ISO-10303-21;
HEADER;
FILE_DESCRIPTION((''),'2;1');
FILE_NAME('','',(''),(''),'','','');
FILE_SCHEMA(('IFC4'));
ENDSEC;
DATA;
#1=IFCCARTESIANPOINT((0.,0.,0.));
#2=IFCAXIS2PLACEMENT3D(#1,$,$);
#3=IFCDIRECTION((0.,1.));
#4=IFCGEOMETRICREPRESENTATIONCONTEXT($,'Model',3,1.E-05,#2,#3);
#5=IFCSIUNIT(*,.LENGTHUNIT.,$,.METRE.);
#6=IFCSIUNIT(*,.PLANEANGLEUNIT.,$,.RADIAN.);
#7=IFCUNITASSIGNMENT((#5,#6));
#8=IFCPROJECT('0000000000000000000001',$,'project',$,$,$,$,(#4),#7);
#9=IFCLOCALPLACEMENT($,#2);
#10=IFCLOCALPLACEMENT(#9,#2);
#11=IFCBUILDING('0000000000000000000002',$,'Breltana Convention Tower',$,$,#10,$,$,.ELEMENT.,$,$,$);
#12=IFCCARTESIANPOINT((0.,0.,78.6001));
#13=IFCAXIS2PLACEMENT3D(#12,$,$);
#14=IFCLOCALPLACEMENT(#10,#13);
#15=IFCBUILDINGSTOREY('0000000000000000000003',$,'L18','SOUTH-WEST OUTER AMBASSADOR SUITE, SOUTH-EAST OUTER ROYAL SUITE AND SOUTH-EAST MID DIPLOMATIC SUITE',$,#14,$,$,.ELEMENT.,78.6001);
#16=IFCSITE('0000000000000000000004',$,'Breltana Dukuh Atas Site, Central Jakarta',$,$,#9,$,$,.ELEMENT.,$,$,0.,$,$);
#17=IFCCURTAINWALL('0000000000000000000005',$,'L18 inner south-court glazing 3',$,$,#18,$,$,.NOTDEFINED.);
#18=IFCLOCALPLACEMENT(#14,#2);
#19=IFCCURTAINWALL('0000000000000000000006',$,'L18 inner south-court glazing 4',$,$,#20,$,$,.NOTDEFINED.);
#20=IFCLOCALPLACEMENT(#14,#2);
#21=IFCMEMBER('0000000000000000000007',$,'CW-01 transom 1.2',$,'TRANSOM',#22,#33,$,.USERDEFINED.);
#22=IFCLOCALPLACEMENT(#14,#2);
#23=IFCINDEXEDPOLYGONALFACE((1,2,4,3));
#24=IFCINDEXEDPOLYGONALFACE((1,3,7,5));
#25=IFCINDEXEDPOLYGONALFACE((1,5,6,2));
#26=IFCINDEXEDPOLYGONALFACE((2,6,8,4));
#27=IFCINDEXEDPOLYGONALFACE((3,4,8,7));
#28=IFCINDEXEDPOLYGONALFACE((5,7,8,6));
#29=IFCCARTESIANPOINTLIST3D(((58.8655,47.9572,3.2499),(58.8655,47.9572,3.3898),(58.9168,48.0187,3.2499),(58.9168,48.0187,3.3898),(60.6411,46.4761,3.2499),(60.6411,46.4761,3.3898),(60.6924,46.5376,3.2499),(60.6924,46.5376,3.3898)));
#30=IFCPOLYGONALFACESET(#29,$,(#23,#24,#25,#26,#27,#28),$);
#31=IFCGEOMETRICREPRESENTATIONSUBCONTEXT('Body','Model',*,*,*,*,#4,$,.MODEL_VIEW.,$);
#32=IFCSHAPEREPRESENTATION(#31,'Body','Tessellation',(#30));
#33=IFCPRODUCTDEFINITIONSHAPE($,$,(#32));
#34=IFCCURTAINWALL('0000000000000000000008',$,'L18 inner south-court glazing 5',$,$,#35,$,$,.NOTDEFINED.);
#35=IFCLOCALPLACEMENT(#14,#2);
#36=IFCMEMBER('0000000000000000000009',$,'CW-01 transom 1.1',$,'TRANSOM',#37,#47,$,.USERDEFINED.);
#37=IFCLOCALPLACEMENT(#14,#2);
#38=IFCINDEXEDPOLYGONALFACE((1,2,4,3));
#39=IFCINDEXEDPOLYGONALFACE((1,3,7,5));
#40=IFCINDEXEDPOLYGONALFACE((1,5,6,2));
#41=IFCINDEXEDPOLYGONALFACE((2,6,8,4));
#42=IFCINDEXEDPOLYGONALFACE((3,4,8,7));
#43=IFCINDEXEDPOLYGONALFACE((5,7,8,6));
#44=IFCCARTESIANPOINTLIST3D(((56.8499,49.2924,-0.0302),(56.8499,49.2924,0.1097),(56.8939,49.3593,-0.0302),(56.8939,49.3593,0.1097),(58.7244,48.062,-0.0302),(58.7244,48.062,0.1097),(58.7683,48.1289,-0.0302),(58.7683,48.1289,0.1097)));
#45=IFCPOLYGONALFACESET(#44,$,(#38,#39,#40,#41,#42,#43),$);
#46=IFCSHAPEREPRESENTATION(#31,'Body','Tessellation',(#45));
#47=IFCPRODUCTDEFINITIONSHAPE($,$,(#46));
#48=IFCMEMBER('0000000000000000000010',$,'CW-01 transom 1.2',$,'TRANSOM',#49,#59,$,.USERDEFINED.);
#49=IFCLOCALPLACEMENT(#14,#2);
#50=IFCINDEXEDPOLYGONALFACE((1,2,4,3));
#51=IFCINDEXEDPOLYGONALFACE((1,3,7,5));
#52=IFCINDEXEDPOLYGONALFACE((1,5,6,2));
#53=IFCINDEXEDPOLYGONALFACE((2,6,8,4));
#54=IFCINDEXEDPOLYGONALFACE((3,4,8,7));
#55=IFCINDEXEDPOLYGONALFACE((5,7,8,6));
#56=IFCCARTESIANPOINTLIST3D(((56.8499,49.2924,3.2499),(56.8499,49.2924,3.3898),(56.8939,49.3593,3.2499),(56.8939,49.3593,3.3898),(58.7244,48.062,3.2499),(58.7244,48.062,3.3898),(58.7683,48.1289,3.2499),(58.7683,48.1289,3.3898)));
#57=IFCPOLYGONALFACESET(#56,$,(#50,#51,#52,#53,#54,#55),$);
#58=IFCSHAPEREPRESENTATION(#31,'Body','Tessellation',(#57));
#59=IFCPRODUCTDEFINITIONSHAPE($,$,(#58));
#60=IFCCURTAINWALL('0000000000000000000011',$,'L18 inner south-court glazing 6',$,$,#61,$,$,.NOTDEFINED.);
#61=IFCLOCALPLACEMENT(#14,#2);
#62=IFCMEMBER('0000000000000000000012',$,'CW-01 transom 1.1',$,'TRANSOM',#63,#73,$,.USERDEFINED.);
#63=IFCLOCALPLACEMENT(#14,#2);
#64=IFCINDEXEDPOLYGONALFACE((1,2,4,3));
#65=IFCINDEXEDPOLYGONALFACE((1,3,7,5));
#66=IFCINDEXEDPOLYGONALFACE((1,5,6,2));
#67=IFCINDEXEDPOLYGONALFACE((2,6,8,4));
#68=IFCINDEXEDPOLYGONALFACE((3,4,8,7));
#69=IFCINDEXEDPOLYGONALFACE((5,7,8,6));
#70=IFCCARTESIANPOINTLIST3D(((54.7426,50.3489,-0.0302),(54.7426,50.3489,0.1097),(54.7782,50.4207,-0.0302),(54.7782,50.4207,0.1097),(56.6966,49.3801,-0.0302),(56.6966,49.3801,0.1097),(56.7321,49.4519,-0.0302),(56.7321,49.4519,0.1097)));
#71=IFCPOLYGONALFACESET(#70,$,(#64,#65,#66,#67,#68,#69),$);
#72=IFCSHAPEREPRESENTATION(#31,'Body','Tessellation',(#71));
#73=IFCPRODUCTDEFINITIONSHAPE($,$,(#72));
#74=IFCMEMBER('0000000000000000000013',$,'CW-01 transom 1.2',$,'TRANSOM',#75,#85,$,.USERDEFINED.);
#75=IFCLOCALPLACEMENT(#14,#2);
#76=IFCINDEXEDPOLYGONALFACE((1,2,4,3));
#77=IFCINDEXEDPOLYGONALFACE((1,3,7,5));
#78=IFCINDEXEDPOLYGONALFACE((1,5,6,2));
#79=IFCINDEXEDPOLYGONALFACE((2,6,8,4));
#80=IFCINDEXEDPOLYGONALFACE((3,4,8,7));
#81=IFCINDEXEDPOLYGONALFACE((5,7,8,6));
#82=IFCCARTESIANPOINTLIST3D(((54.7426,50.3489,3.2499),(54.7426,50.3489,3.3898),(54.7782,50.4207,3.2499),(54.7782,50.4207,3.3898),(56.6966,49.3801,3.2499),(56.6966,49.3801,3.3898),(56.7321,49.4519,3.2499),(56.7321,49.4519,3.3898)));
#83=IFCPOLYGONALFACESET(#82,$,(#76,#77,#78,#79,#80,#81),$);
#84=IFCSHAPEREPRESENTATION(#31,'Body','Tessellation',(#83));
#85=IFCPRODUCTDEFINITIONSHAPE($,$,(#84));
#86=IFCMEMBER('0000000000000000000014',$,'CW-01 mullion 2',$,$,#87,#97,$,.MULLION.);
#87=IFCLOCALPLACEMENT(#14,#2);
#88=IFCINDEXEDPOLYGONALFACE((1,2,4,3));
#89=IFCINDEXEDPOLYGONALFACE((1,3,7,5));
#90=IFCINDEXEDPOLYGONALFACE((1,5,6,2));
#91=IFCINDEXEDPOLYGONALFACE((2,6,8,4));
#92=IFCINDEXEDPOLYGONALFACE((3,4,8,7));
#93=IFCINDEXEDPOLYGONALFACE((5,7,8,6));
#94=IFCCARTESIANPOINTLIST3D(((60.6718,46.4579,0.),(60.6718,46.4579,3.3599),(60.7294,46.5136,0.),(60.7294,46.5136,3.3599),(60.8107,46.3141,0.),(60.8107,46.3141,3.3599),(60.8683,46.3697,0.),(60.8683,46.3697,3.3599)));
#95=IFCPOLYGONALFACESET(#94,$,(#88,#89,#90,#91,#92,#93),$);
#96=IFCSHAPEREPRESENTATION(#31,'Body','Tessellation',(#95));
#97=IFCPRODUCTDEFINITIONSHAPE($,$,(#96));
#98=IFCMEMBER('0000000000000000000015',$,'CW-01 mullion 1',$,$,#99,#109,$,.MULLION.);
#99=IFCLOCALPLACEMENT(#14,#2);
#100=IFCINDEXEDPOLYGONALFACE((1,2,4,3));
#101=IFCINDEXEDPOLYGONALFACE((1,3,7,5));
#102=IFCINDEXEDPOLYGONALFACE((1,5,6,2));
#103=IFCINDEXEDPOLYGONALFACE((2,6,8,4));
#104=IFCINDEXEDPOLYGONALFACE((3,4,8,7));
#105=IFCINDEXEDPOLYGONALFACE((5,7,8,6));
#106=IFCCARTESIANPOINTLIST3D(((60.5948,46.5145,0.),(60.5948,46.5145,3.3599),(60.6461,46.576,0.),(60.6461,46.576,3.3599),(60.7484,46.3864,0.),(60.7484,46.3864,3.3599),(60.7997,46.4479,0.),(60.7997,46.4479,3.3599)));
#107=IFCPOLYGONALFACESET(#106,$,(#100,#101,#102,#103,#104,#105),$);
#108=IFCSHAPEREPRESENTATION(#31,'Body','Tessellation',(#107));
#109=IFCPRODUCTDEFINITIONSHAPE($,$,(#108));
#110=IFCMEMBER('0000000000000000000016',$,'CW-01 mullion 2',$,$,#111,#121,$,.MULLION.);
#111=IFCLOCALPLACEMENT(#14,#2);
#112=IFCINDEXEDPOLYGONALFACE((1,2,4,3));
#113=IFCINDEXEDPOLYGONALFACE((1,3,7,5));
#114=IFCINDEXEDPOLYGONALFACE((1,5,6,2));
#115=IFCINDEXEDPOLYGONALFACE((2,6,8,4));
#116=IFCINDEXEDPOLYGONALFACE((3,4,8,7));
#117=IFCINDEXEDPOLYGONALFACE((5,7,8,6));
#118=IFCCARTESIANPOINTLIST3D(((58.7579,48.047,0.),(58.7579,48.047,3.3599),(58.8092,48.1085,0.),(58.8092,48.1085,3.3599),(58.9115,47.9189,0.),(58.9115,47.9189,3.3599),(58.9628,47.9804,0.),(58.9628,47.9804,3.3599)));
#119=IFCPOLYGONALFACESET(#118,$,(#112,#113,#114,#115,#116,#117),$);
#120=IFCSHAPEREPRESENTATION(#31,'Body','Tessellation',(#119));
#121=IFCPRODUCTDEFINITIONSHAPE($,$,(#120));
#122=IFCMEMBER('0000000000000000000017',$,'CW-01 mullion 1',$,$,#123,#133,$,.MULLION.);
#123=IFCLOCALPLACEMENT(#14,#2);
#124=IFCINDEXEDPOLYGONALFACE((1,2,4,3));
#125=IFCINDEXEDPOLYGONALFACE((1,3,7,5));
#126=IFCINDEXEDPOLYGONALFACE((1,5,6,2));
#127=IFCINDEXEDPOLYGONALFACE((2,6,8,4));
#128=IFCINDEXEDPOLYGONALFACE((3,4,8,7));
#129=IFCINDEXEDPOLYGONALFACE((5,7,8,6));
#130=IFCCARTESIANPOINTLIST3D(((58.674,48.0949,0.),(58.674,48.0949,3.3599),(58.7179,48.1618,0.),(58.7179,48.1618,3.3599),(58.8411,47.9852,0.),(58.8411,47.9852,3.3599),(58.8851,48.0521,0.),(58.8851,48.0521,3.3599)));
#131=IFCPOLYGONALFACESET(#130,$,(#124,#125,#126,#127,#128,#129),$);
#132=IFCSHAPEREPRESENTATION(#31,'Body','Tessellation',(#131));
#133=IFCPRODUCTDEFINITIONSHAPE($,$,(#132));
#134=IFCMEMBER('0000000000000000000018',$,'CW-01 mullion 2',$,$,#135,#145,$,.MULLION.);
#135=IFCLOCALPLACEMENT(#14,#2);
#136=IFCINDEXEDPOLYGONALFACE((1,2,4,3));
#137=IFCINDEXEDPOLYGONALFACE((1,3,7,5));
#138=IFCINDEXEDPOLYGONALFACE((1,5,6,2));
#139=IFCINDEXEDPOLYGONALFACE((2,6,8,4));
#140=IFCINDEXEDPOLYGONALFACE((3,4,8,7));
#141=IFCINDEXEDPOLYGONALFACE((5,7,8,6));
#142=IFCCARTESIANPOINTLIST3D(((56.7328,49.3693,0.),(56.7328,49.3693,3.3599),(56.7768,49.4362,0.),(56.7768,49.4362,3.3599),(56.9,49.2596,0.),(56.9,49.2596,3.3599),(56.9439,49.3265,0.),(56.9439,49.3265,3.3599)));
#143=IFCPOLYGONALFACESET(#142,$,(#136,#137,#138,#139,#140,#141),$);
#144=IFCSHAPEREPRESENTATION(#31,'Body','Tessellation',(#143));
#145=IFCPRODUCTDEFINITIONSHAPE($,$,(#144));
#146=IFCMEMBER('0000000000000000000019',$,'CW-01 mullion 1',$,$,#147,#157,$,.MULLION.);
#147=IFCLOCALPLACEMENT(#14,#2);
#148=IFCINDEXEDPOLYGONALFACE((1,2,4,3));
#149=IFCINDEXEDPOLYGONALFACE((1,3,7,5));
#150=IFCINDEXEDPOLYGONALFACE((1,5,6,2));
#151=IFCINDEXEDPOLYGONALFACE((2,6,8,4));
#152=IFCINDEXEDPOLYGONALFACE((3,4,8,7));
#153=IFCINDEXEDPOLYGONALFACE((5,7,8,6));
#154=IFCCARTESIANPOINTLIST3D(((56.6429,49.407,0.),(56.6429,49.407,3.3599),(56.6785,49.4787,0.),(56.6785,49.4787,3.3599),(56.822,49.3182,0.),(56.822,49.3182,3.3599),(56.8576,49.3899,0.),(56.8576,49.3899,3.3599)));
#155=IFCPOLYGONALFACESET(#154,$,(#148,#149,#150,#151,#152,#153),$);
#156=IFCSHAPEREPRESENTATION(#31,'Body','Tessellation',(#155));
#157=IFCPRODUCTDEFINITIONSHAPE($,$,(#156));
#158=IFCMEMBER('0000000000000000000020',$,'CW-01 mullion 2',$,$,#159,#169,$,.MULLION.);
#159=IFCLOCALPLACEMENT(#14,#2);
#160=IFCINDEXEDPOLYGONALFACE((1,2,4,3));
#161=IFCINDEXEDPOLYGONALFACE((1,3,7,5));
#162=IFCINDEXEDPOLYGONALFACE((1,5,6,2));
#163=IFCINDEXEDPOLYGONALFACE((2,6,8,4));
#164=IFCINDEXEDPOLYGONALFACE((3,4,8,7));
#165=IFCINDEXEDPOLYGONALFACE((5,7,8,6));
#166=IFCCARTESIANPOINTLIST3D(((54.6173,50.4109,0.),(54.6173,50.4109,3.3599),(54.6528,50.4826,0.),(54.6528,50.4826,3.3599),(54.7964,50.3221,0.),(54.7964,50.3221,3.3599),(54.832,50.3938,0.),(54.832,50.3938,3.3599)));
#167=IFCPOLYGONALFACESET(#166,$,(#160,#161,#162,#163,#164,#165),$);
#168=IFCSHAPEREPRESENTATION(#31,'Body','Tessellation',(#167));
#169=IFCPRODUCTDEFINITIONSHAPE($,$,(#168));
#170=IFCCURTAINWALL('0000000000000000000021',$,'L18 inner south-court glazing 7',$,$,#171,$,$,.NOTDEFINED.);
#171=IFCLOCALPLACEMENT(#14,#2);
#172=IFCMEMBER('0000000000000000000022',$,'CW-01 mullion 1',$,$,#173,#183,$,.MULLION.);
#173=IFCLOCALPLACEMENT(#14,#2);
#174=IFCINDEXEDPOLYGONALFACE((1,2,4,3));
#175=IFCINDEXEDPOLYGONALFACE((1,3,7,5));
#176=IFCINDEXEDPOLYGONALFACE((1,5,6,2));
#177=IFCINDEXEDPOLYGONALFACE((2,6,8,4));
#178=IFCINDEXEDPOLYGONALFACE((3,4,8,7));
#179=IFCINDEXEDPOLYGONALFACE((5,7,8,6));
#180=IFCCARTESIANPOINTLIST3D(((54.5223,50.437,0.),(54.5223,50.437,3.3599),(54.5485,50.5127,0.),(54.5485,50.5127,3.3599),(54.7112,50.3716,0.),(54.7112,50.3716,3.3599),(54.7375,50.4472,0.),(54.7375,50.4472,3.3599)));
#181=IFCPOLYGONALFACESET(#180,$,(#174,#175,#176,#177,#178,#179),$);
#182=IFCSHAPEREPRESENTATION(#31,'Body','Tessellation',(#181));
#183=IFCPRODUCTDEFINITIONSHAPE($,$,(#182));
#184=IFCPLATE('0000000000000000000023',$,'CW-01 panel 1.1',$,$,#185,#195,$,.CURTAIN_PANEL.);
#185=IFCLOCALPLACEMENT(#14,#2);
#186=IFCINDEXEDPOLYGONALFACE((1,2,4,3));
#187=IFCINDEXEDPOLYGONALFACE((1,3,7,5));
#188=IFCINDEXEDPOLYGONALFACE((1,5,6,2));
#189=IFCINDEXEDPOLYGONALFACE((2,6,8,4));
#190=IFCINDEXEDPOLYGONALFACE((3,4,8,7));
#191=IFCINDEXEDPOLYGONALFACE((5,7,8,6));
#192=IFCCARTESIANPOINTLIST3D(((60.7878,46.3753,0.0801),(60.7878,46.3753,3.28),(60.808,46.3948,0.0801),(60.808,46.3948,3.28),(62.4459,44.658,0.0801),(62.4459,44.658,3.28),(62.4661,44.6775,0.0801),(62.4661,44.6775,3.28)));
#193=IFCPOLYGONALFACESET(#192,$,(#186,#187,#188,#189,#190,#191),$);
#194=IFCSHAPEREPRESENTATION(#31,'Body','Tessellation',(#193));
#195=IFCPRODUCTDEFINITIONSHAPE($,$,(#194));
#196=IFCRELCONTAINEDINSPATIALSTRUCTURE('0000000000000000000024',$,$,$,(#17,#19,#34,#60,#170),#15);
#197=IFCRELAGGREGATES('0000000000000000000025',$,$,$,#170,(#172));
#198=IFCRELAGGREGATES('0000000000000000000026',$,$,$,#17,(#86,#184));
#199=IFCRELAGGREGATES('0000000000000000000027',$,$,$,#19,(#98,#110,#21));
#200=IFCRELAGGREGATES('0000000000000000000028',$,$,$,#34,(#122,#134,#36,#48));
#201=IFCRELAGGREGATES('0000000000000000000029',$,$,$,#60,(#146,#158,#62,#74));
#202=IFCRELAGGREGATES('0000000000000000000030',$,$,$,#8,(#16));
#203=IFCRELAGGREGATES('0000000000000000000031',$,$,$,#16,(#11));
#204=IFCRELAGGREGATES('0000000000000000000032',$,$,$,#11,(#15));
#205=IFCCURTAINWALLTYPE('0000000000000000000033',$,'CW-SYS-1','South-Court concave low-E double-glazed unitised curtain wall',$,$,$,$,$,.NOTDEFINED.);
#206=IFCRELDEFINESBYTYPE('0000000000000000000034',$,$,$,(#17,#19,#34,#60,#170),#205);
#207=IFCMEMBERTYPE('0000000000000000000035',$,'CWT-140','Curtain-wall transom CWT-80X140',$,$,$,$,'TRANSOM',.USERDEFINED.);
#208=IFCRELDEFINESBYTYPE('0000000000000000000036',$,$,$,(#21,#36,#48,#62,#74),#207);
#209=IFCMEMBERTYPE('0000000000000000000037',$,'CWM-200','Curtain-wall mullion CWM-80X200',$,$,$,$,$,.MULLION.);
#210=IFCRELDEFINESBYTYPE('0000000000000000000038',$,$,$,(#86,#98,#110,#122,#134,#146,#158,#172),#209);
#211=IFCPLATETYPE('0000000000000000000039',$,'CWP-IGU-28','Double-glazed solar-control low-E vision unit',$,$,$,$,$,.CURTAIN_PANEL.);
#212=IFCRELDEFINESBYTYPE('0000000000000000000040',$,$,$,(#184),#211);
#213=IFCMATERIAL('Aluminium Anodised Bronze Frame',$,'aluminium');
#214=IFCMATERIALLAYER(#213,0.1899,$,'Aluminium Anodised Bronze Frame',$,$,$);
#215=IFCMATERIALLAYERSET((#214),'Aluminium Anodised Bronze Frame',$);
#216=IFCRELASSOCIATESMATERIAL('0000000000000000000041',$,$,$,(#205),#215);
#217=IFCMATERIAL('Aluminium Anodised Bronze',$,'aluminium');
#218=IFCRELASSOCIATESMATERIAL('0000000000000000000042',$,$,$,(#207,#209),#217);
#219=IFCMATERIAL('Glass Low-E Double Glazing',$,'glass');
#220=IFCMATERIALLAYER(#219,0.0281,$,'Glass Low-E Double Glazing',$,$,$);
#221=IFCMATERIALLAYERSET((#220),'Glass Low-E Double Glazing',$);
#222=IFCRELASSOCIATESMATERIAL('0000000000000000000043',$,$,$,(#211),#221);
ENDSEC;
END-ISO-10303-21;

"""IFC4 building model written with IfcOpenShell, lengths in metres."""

from ifc_helpers import new_model, si_unit, direction, frame, origin, origin_2d, place, context, subcontext, project, spatial, rectangle, extrude, source, transform, mapped, material, layer, layer_set, material_profile, profile_set, type_object, element, aggregate, save


model = new_model("IFC4")

# Units and contexts
model_context = context("Model", 3, precision=1e-05, world=origin(), true_north=direction((0.0, 1.0)))
body_context = subcontext(model_context, "Body", "Model", "MODEL_VIEW")
ifc_project = project(units=[si_unit("LENGTHUNIT", "METRE"), si_unit("PLANEANGLEUNIT", "RADIAN")], contexts=[model_context])

# Site, building, storey
site_placement = place(None, origin())
site = spatial("IfcSite", under=ifc_project, at=site_placement, Name="Breltana Dukuh Atas Site, Central Jakarta", CompositionType="ELEMENT", RefElevation=0.0)
building_placement = place(site_placement, origin())
building = spatial("IfcBuilding", under=site, at=building_placement, Name="Breltana Convention Tower", CompositionType="ELEMENT")
storey_placement = place(building_placement, frame((0.0, 0.0, 78.6001)))
storey = spatial("IfcBuildingStorey", under=building, at=storey_placement, Name="L18", Description="SOUTH-WEST OUTER AMBASSADOR SUITE, SOUTH-EAST OUTER ROYAL SUITE AND SOUTH-EAST MID DIPLOMATIC SUITE", CompositionType="ELEMENT", Elevation=78.6001)

# Curtain wall
ifc_material_1 = material(Name="Aluminium Anodised Bronze Frame", Category="aluminium")
ifc_layer_1 = layer(ifc_material_1, 0.1899, Name="Aluminium Anodised Bronze Frame")
ifc_layer_set_1 = layer_set([ifc_layer_1], Name="Aluminium Anodised Bronze Frame")
curtain_wall_type = type_object("IfcCurtainWallType", Name="CW-SYS-1", Description="South-Court concave low-E double-glazed unitised curtain wall", PredefinedType="NOTDEFINED", material=ifc_layer_set_1)
curtain_wall_1_placement = place(storey_placement, origin())
curtain_wall_1 = element("IfcCurtainWall", 1, at=curtain_wall_1_placement, inside=storey, type_object=curtain_wall_type, Name="L18 inner south-court glazing 3", PredefinedType="NOTDEFINED")
ifc_material_2 = material(Name="Aluminium Anodised Bronze", Category="aluminium")
ifc_material_profile_1 = material_profile(ifc_material_2, rectangle(XDim=0.0801, YDim=0.1399, at=origin_2d()), Name="CWT-80X140")
ifc_profile_set_1 = profile_set([ifc_material_profile_1], Name="Aluminium Anodised Bronze")
member_type_1 = type_object("IfcMemberType", Name="CWT-140", Description="Curtain-wall transom CWT-80X140", ElementType="TRANSOM", PredefinedType="USERDEFINED", material=ifc_profile_set_1)

# Curtain walls, members
curtain_wall_2_placement = place(storey_placement, origin())
curtain_wall_2 = element("IfcCurtainWall", 2, at=curtain_wall_2_placement, inside=storey, type_object=curtain_wall_type, Name="L18 inner south-court glazing 4", PredefinedType="NOTDEFINED")
shared_shape_1 = source(origin(), body_context, "Body", "SweptSolid", [
    extrude(rectangle(XDim=0.0801, YDim=0.1399, at=origin_2d()), origin(), (0.0, 0.0, 1.0), 2.3123),
])
member_1_placement = place(storey_placement, frame((60.6667, 46.5068, 3.3198), z_axis=(-0.767901, 0.640569, 0.0), x_axis=(-0.640569, -0.767901, 0.0)))
member_1 = element("IfcMember", 3, at=member_1_placement, type_object=member_type_1, Name="CW-01 transom 1.2", ObjectType="TRANSOM", PredefinedType="USERDEFINED", context=body_context, shape_type="MappedRepresentation", body=[
    mapped(shared_shape_1, transform((0.0, 0.0, 0.0), scale=1.0)),
])
curtain_wall_3_placement = place(storey_placement, origin())
curtain_wall_3 = element("IfcCurtainWall", 4, at=curtain_wall_3_placement, inside=storey, type_object=curtain_wall_type, Name="L18 inner south-court glazing 5", PredefinedType="NOTDEFINED")
shared_shape_2 = source(origin(), body_context, "Body", "SweptSolid", [
    extrude(rectangle(XDim=0.0801, YDim=0.1399, at=origin_2d()), origin(), (0.0, 0.0, 1.0), 2.2422),
])
member_2_placement = place(storey_placement, frame((58.7463, 48.0955, 0.0398), z_axis=(-0.835982, 0.548756, 0.0), x_axis=(-0.548756, -0.835982, 0.0)))
member_2 = element("IfcMember", 5, at=member_2_placement, type_object=member_type_1, Name="CW-01 transom 1.1", ObjectType="TRANSOM", PredefinedType="USERDEFINED", context=body_context, shape_type="MappedRepresentation", body=[
    mapped(shared_shape_2, transform((0.0, 0.0, 0.0), scale=1.0)),
])
member_3_placement = place(storey_placement, frame((58.7463, 48.0955, 3.3198), z_axis=(-0.835982, 0.548756, 0.0), x_axis=(-0.548756, -0.835982, 0.0)))
member_3 = element("IfcMember", 6, at=member_3_placement, type_object=member_type_1, Name="CW-01 transom 1.2", ObjectType="TRANSOM", PredefinedType="USERDEFINED", context=body_context, shape_type="MappedRepresentation", body=[
    mapped(shared_shape_2, transform((0.0, 0.0, 0.0), scale=1.0)),
])
curtain_wall_4_placement = place(storey_placement, origin())
curtain_wall_4 = element("IfcCurtainWall", 7, at=curtain_wall_4_placement, inside=storey, type_object=curtain_wall_type, Name="L18 inner south-court glazing 6", PredefinedType="NOTDEFINED")
shared_shape_3 = source(origin(), body_context, "Body", "SweptSolid", [
    extrude(rectangle(XDim=0.0801, YDim=0.1399, at=origin_2d()), origin(), (0.0, 0.0, 1.0), 2.1809),
])
member_4_placement = place(storey_placement, frame((56.7144, 49.416, 0.0398), z_axis=(-0.895922, 0.444211, 0.0), x_axis=(-0.444211, -0.895922, 0.0)))
member_4 = element("IfcMember", 8, at=member_4_placement, type_object=member_type_1, Name="CW-01 transom 1.1", ObjectType="TRANSOM", PredefinedType="USERDEFINED", context=body_context, shape_type="MappedRepresentation", body=[
    mapped(shared_shape_3, transform((0.0, 0.0, 0.0), scale=1.0)),
])
member_5_placement = place(storey_placement, frame((56.7144, 49.416, 3.3198), z_axis=(-0.895922, 0.444211, 0.0), x_axis=(-0.444211, -0.895922, 0.0)))
member_5 = element("IfcMember", 9, at=member_5_placement, type_object=member_type_1, Name="CW-01 transom 1.2", ObjectType="TRANSOM", PredefinedType="USERDEFINED", context=body_context, shape_type="MappedRepresentation", body=[
    mapped(shared_shape_3, transform((0.0, 0.0, 0.0), scale=1.0)),
])

# Members
ifc_material_profile_2 = material_profile(ifc_material_2, rectangle(XDim=0.0801, YDim=0.2, at=origin_2d()), Name="CWM-80X200")
ifc_profile_set_2 = profile_set([ifc_material_profile_2], Name="Aluminium Anodised Bronze")
member_type_2 = type_object("IfcMemberType", Name="CWM-200", Description="Curtain-wall mullion CWM-80X200", PredefinedType="MULLION", material=ifc_profile_set_2)
shared_shape_4 = source(origin(), body_context, "Body", "SweptSolid", [
    extrude(rectangle(XDim=0.0801, YDim=0.2, at=origin_2d()), origin(), (0.0, 0.0, 1.0), 3.3599),
])
member_6_placement = place(storey_placement, frame((60.77, 46.4138, 0.0), z_axis=(0.0, 0.0, 1.0), x_axis=(-0.719385, -0.694612, 0.0)))
member_6 = element("IfcMember", 10, at=member_6_placement, type_object=member_type_2, Name="CW-01 mullion 2", PredefinedType="MULLION", context=body_context, shape_type="MappedRepresentation", body=[
    mapped(shared_shape_4, transform((0.0, 0.0, 0.0), scale=1.0)),
])
member_7_placement = place(storey_placement, frame((60.6973, 46.4812, 0.0), z_axis=(0.0, 0.0, 1.0), x_axis=(-0.640523, -0.767939, 0.0)))
member_7 = element("IfcMember", 11, at=member_7_placement, type_object=member_type_2, Name="CW-01 mullion 1", PredefinedType="MULLION", context=body_context, shape_type="MappedRepresentation", body=[
    mapped(shared_shape_4, transform((0.0, 0.0, 0.0), scale=1.0)),
])
member_8_placement = place(storey_placement, frame((58.8604, 48.0137, 0.0), z_axis=(0.0, 0.0, 1.0), x_axis=(-0.640523, -0.767939, 0.0)))
member_8 = element("IfcMember", 12, at=member_8_placement, type_object=member_type_2, Name="CW-01 mullion 2", PredefinedType="MULLION", context=body_context, shape_type="MappedRepresentation", body=[
    mapped(shared_shape_4, transform((0.0, 0.0, 0.0), scale=1.0)),
])
member_9_placement = place(storey_placement, frame((58.7795, 48.0735, 0.0), z_axis=(0.0, 0.0, 1.0), x_axis=(-0.548778, -0.835968, 0.0)))
member_9 = element("IfcMember", 13, at=member_9_placement, type_object=member_type_2, Name="CW-01 mullion 1", PredefinedType="MULLION", context=body_context, shape_type="MappedRepresentation", body=[
    mapped(shared_shape_4, transform((0.0, 0.0, 0.0), scale=1.0)),
])
member_10_placement = place(storey_placement, frame((56.8384, 49.3479, 0.0), z_axis=(0.0, 0.0, 1.0), x_axis=(-0.548778, -0.835968, 0.0)))
member_10 = element("IfcMember", 14, at=member_10_placement, type_object=member_type_2, Name="CW-01 mullion 2", PredefinedType="MULLION", context=body_context, shape_type="MappedRepresentation", body=[
    mapped(shared_shape_4, transform((0.0, 0.0, 0.0), scale=1.0)),
])
member_11_placement = place(storey_placement, frame((56.7502, 49.3984, 0.0), z_axis=(0.0, 0.0, 1.0), x_axis=(-0.444118, -0.895968, 0.0)))
member_11 = element("IfcMember", 15, at=member_11_placement, type_object=member_type_2, Name="CW-01 mullion 1", PredefinedType="MULLION", context=body_context, shape_type="MappedRepresentation", body=[
    mapped(shared_shape_4, transform((0.0, 0.0, 0.0), scale=1.0)),
])
member_12_placement = place(storey_placement, frame((54.7246, 50.4023, 0.0), z_axis=(0.0, 0.0, 1.0), x_axis=(-0.444118, -0.895968, 0.0)))
member_12 = element("IfcMember", 16, at=member_12_placement, type_object=member_type_2, Name="CW-01 mullion 2", PredefinedType="MULLION", context=body_context, shape_type="MappedRepresentation", body=[
    mapped(shared_shape_4, transform((0.0, 0.0, 0.0), scale=1.0)),
])

# Curtain wall, member
curtain_wall_5_placement = place(storey_placement, origin())
curtain_wall_5 = element("IfcCurtainWall", 17, at=curtain_wall_5_placement, inside=storey, type_object=curtain_wall_type, Name="L18 inner south-court glazing 7", PredefinedType="NOTDEFINED")
member_13_placement = place(storey_placement, frame((54.6299, 50.4421, 0.0), z_axis=(0.0, 0.0, 1.0), x_axis=(-0.327413, -0.944881, 0.0)))
member_13 = element("IfcMember", 18, at=member_13_placement, type_object=member_type_2, Name="CW-01 mullion 1", PredefinedType="MULLION", context=body_context, shape_type="MappedRepresentation", body=[
    mapped(shared_shape_4, transform((0.0, 0.0, 0.0), scale=1.0)),
])
aggregate(curtain_wall_5, [member_13])

# Plate
ifc_material_3 = material(Name="Glass Low-E Double Glazing", Category="glass")
ifc_layer_2 = layer(ifc_material_3, 0.0281, Name="Glass Low-E Double Glazing")
ifc_layer_set_2 = layer_set([ifc_layer_2], Name="Glass Low-E Double Glazing")
plate_type = type_object("IfcPlateType", Name="CWP-IGU-28", Description="Double-glazed solar-control low-E vision unit", PredefinedType="CURTAIN_PANEL", material=ifc_layer_set_2)
shared_shape_5 = source(origin(), body_context, "Body", "SweptSolid", [
    extrude(rectangle(XDim=2.3872, YDim=0.0281, at=origin_2d()), origin(), (0.0, 0.0, 1.0), 3.2),
])
plate_1_placement = place(storey_placement, frame((61.627, 45.5264, 0.0801), z_axis=(0.0, 0.0, 1.0), x_axis=(-0.694612, 0.719385, 0.0)))
plate_1 = element("IfcPlate", 19, at=plate_1_placement, type_object=plate_type, Name="CW-01 panel 1.1", PredefinedType="CURTAIN_PANEL", context=body_context, shape_type="MappedRepresentation", body=[
    mapped(shared_shape_5, transform((0.0, 0.0, 0.0), scale=1.0)),
])
aggregate(curtain_wall_1, [member_6, plate_1])
aggregate(curtain_wall_2, [member_7, member_8, member_1])
aggregate(curtain_wall_3, [member_9, member_10, member_2, member_3])
aggregate(curtain_wall_4, [member_11, member_12, member_4, member_5])

save(model, "model.ifc")
